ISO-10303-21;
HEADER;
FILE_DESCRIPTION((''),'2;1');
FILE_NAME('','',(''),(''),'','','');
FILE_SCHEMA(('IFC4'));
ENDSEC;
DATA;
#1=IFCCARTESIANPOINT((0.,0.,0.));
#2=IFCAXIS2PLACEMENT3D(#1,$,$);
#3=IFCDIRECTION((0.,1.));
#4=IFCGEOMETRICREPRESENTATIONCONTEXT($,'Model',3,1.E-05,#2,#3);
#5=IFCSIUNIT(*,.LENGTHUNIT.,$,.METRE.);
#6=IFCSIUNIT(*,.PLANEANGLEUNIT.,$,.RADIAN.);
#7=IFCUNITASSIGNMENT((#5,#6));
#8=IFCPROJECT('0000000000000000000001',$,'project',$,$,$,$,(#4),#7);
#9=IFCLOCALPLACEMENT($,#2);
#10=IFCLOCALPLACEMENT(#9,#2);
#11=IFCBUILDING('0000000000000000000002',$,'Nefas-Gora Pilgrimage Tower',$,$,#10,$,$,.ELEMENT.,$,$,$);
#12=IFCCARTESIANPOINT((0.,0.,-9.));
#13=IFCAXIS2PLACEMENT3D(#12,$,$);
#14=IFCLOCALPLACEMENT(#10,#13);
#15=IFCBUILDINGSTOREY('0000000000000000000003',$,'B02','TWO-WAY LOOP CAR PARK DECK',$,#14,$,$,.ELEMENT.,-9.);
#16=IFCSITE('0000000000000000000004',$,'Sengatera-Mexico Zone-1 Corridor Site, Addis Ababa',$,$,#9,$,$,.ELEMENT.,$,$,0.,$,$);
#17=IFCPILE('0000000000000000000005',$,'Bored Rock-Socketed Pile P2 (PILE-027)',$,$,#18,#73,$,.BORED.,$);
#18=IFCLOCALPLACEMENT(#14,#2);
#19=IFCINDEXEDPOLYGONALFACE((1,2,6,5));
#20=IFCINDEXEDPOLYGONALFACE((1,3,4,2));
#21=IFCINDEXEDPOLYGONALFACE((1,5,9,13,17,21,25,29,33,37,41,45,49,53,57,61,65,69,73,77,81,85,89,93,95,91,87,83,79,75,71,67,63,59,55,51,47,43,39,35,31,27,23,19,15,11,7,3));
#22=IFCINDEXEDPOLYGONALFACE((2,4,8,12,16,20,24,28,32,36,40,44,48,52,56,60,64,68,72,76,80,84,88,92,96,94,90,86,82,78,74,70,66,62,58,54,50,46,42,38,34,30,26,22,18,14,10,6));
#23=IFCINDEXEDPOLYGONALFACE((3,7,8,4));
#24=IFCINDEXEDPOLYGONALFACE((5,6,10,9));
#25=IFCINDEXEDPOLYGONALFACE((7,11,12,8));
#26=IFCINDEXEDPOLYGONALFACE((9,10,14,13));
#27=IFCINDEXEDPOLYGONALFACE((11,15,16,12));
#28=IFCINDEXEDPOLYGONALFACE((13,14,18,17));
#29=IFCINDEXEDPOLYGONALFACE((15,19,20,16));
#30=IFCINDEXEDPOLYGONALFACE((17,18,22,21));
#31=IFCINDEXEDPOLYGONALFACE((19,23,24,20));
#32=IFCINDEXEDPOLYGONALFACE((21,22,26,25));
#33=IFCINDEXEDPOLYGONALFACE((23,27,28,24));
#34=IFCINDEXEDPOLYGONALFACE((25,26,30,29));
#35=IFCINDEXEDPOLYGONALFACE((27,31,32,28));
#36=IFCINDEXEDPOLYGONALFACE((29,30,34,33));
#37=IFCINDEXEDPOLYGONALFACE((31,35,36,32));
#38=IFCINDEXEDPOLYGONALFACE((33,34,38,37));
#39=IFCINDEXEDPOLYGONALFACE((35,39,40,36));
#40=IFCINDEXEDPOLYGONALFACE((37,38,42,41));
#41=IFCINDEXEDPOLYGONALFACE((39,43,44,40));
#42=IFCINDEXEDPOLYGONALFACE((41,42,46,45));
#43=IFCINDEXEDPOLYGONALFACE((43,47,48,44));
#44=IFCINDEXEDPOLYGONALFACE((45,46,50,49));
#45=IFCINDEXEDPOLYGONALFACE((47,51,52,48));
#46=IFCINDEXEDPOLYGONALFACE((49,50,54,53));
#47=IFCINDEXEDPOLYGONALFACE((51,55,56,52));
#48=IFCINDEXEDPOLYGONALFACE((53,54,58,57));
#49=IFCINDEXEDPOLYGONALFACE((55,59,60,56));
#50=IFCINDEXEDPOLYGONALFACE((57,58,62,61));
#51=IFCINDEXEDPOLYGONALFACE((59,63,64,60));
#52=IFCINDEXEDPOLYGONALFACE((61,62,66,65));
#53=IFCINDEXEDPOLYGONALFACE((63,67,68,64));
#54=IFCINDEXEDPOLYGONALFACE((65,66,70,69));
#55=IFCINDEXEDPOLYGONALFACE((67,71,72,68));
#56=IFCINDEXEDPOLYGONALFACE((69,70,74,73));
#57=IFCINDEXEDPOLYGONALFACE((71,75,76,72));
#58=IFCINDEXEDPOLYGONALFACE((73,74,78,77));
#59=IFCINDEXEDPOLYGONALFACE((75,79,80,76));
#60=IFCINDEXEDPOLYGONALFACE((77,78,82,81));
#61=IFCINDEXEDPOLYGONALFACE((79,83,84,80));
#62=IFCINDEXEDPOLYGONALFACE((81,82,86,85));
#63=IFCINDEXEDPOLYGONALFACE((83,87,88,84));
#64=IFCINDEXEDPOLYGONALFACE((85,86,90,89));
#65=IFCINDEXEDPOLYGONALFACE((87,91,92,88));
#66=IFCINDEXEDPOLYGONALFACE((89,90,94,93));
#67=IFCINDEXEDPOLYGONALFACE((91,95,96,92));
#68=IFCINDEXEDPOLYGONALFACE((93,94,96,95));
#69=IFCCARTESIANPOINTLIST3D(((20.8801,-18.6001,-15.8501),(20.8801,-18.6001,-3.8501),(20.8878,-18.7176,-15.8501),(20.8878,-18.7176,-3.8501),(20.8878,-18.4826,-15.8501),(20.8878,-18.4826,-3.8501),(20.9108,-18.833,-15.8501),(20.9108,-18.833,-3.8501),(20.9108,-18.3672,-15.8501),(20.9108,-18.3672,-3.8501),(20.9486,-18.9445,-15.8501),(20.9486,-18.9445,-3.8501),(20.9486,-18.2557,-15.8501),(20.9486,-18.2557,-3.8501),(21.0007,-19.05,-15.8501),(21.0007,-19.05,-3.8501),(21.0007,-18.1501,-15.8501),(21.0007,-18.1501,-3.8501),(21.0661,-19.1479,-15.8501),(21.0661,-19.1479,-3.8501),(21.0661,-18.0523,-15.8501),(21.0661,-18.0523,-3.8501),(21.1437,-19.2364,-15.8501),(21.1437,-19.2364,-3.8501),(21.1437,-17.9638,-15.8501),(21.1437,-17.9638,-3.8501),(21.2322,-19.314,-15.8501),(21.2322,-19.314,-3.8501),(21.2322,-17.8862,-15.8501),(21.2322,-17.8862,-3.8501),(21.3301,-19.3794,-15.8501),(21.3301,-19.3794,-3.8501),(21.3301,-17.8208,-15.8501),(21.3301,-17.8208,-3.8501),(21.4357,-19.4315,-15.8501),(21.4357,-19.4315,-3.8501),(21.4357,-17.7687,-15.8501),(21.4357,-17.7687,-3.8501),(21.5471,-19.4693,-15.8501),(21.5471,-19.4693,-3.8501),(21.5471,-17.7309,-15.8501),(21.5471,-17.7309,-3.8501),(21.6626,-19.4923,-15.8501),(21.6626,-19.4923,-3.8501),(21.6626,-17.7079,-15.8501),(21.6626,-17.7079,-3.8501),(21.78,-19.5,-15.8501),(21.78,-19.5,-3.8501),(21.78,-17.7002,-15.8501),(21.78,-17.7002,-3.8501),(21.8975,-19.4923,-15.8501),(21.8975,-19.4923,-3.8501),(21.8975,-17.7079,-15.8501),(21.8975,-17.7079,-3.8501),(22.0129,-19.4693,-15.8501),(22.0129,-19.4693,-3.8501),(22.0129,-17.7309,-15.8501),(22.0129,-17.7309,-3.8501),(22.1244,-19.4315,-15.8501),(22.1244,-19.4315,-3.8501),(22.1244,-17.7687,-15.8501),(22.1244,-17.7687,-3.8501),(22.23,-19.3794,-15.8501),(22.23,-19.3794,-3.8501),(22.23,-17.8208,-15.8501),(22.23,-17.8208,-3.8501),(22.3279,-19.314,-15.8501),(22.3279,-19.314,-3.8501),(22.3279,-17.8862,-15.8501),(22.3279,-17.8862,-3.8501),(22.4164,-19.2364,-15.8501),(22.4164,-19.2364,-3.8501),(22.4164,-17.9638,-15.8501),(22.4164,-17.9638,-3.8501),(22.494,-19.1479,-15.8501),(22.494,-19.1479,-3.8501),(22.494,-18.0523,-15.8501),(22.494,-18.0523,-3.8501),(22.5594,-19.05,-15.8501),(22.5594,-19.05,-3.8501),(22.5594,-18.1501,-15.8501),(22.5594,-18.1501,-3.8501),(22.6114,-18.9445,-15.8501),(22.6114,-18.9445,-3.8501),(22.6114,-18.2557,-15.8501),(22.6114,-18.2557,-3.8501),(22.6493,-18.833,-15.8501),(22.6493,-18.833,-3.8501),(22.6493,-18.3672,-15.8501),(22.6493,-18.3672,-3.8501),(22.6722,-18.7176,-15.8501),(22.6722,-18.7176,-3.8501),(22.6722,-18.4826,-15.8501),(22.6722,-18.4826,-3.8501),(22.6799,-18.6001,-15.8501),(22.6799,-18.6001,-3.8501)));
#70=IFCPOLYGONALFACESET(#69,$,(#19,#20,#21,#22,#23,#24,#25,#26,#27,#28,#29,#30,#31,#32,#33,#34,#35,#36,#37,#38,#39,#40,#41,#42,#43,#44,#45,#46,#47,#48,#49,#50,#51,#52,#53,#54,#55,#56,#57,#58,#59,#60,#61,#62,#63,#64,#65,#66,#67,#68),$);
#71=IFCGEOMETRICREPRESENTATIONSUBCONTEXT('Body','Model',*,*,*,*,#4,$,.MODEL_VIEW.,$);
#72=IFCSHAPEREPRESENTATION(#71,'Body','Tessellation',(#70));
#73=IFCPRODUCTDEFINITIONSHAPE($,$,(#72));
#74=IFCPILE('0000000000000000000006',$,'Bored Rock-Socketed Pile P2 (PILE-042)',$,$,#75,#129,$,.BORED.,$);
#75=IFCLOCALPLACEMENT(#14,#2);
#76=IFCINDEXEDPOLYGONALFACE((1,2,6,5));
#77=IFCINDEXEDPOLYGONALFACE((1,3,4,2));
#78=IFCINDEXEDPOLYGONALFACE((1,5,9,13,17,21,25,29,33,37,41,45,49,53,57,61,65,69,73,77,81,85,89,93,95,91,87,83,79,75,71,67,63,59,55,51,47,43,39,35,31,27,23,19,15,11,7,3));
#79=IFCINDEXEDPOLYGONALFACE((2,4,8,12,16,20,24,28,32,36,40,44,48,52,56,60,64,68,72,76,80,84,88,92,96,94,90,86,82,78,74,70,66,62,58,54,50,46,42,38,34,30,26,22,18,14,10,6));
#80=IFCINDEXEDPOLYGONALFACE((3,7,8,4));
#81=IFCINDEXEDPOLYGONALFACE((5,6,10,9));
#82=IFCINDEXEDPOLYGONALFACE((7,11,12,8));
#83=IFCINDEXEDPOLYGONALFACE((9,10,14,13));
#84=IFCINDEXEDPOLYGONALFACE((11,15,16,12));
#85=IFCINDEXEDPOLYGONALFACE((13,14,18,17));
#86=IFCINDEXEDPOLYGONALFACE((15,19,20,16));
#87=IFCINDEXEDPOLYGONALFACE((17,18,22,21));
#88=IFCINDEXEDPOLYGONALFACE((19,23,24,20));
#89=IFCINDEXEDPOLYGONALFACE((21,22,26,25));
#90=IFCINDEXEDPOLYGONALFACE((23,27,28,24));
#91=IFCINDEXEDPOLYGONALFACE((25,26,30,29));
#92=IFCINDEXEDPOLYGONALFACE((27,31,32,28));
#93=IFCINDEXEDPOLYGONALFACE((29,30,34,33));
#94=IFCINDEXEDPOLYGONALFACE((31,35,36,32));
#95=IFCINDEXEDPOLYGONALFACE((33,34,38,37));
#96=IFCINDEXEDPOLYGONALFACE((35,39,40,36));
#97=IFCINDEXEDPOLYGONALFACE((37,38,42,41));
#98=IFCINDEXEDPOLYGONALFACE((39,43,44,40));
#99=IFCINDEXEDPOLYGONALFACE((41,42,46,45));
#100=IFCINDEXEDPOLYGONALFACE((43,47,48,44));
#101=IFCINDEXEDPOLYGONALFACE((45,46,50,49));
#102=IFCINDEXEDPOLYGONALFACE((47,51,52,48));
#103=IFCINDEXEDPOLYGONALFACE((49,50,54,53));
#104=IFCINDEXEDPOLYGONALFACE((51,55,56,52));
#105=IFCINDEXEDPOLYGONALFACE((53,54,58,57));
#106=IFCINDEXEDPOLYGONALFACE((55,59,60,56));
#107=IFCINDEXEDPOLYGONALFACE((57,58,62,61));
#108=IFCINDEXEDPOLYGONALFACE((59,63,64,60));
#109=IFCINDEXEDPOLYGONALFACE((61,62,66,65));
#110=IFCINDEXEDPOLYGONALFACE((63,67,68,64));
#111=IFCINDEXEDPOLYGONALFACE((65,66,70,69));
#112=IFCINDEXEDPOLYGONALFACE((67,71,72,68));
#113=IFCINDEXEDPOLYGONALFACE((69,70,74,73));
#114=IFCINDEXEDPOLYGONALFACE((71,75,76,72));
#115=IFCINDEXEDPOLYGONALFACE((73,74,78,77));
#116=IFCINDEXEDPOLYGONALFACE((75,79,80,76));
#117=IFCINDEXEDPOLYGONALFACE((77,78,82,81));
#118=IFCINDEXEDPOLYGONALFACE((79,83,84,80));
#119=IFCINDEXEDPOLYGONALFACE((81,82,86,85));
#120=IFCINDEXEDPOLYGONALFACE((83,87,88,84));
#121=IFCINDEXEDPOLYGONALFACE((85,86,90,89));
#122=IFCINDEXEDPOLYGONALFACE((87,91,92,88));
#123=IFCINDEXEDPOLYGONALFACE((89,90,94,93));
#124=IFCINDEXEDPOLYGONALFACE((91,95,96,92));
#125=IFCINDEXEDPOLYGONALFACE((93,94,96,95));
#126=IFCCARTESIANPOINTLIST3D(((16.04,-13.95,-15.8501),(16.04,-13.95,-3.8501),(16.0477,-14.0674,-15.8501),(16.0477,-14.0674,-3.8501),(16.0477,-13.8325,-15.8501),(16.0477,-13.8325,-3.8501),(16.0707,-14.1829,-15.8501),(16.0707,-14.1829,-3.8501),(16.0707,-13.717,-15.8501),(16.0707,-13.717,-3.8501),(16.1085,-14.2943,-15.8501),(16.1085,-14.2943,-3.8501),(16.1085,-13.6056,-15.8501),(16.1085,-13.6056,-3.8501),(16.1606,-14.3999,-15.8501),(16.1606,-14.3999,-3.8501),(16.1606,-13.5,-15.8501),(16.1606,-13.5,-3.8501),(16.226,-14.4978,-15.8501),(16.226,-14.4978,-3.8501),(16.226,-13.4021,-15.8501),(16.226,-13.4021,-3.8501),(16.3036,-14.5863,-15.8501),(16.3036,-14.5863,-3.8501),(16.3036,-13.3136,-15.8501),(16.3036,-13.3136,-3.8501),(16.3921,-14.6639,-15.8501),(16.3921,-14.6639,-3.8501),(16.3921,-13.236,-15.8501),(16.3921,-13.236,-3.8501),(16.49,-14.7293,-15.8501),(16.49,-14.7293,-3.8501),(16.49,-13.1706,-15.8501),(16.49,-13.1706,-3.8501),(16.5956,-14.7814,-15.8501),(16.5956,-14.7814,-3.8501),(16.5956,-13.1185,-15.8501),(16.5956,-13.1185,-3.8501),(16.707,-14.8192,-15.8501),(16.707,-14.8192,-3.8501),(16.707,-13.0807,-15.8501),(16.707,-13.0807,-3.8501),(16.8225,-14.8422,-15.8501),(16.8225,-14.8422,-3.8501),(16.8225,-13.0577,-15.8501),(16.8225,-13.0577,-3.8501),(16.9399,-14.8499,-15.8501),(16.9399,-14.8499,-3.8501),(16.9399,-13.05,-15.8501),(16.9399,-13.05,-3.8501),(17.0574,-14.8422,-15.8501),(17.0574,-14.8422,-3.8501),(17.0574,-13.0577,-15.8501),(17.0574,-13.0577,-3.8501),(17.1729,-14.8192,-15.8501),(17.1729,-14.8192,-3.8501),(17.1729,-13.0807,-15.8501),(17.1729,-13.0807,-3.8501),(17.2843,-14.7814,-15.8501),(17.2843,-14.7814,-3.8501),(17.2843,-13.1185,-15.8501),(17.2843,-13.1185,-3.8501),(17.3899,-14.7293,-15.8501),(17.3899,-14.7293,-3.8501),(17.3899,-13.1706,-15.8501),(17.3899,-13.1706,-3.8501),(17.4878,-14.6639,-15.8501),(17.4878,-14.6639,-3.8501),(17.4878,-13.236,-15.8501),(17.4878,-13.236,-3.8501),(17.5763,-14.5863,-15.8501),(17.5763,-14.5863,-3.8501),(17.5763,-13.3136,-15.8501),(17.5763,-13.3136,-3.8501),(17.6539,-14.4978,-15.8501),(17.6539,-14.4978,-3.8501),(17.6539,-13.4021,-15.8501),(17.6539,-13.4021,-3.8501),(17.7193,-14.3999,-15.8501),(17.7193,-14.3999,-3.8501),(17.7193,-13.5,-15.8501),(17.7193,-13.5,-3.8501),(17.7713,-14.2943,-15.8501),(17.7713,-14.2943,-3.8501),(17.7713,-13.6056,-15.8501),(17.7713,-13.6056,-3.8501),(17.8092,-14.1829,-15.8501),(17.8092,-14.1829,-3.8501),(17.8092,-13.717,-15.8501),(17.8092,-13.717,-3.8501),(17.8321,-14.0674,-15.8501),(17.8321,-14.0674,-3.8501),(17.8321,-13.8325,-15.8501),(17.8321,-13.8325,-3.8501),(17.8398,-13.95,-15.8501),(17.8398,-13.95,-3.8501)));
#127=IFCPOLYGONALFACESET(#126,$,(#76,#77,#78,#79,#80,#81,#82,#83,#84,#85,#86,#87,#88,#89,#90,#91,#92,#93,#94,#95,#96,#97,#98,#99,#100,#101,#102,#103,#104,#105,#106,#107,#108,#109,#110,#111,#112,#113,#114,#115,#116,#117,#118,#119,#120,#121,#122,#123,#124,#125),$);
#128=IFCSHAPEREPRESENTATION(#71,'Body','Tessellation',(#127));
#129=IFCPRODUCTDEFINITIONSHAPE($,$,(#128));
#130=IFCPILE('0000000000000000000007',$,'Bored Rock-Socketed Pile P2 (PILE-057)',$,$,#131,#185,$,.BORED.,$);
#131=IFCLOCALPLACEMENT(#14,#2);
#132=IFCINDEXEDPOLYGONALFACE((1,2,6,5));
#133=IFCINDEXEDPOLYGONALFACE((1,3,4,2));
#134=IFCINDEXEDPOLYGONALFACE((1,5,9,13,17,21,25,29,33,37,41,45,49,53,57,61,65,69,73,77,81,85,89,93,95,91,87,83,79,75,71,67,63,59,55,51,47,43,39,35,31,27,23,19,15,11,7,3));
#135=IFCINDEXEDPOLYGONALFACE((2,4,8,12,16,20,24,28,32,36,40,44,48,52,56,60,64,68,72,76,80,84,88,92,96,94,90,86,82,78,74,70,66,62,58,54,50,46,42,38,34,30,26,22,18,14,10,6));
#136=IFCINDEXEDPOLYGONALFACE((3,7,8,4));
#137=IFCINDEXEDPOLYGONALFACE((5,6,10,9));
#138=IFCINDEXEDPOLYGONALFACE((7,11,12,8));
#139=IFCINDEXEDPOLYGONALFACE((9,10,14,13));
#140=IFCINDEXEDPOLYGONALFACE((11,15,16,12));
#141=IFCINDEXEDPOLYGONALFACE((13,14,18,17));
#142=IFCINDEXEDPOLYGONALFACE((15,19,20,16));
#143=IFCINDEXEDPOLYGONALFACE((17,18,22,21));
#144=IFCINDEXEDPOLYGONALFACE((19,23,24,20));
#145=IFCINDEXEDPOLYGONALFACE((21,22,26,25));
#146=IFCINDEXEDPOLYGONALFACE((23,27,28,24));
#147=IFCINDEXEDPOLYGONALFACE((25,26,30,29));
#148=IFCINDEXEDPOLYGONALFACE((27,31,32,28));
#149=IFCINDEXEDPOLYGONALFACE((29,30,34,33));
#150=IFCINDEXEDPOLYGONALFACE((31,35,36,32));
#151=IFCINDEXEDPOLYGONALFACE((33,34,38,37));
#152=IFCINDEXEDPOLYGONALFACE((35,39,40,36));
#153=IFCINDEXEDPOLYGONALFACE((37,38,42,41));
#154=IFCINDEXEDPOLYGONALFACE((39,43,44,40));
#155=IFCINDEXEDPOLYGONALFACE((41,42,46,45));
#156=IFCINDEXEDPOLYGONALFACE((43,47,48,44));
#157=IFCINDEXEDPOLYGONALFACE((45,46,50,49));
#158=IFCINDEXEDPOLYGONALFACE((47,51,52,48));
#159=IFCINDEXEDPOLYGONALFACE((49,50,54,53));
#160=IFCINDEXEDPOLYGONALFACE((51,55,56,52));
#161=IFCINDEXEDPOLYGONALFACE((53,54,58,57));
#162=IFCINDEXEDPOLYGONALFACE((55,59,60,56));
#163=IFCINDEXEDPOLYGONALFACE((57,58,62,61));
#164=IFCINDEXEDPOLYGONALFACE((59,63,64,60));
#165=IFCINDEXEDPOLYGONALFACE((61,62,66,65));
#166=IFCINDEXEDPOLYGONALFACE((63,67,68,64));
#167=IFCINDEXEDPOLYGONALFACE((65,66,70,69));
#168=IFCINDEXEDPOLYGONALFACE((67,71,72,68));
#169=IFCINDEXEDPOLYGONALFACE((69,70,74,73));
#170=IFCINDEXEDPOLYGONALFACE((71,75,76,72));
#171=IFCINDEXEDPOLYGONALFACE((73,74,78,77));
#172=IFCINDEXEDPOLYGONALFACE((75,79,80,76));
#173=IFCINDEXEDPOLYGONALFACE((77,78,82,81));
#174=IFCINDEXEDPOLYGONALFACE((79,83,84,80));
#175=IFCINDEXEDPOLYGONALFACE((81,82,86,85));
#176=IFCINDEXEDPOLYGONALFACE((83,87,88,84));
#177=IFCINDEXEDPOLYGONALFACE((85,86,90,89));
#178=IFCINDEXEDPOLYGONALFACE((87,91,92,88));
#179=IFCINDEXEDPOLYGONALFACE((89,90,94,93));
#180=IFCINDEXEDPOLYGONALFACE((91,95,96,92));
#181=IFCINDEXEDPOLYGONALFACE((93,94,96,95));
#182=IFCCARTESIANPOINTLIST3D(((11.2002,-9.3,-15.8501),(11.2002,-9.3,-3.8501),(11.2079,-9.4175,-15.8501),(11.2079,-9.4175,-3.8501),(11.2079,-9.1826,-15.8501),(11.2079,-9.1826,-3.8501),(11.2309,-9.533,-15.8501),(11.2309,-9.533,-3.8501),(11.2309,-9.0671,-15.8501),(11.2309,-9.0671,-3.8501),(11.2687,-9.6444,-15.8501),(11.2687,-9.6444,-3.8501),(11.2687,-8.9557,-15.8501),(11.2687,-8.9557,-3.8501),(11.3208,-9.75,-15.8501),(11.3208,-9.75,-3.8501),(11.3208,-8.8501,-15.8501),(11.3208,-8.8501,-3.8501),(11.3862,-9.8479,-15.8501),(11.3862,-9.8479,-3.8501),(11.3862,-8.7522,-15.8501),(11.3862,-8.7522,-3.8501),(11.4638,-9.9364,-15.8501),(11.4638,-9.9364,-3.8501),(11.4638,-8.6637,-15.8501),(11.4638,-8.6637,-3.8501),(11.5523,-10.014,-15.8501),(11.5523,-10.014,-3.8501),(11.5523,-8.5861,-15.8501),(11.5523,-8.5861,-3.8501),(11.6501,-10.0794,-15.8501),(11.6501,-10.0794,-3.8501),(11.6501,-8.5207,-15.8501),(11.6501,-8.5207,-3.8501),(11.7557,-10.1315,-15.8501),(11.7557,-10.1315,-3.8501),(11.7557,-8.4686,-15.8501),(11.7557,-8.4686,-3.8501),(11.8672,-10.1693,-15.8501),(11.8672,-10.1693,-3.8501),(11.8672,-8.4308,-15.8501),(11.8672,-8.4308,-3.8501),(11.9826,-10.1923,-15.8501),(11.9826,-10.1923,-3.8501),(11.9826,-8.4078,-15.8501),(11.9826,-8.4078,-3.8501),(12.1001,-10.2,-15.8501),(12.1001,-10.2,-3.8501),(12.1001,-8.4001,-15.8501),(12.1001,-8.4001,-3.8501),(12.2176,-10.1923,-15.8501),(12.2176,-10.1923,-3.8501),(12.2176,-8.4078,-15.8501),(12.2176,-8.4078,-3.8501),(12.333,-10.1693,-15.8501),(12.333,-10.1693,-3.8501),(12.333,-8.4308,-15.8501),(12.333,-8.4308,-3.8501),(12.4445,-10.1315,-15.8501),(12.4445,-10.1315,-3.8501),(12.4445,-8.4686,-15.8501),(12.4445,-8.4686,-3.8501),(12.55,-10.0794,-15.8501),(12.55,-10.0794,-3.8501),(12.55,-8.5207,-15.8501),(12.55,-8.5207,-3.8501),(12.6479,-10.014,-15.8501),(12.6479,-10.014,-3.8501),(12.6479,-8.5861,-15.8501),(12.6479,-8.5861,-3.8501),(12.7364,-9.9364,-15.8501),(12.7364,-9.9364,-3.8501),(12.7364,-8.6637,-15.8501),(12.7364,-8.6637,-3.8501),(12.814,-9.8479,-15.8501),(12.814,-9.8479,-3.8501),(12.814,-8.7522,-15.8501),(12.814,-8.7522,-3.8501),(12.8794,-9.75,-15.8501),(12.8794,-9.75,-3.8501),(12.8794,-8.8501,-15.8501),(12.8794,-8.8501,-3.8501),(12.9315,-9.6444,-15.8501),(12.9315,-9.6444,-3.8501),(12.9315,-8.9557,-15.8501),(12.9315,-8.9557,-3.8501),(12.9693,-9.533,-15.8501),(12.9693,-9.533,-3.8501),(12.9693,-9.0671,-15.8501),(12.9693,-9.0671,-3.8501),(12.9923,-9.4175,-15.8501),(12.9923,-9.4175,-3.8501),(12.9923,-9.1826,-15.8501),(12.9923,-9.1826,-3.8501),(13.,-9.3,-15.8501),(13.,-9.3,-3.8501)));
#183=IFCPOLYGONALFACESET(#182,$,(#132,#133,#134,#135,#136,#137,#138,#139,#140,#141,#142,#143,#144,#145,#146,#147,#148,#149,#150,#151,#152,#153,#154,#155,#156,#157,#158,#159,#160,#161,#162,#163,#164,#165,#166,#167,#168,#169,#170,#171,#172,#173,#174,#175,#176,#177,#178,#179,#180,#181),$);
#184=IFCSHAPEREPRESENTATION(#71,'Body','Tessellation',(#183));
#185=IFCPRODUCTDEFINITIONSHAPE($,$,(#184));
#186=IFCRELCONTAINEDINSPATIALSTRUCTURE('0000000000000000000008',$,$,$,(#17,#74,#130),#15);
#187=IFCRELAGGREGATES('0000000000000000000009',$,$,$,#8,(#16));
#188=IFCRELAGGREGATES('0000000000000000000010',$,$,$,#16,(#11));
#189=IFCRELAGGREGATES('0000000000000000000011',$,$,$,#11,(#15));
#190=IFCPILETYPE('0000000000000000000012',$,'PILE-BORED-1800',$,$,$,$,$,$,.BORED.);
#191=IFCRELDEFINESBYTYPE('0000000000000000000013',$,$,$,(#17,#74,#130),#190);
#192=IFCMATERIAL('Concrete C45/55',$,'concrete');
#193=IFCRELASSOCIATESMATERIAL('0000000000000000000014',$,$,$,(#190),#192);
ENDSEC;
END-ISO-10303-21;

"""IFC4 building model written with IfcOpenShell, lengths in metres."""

from ifc_helpers import new_model, si_unit, direction, frame, origin, origin_2d, place, context, subcontext, project, spatial, circle, extrude, source, transform, mapped, material, material_profile, profile_set, type_object, element, save


model = new_model("IFC4")

# Units and contexts
model_context = context("Model", 3, precision=1e-05, world=origin(), true_north=direction((0.0, 1.0)))
body_context = subcontext(model_context, "Body", "Model", "MODEL_VIEW")
ifc_project = project(units=[si_unit("LENGTHUNIT", "METRE"), si_unit("PLANEANGLEUNIT", "RADIAN")], contexts=[model_context])

# Site, building, storey
site_placement = place(None, origin())
site = spatial("IfcSite", under=ifc_project, at=site_placement, Name="Sengatera-Mexico Zone-1 Corridor Site, Addis Ababa", CompositionType="ELEMENT", RefElevation=0.0)
building_placement = place(site_placement, origin())
building = spatial("IfcBuilding", under=site, at=building_placement, Name="Nefas-Gora Pilgrimage Tower", CompositionType="ELEMENT")
storey_placement = place(building_placement, frame((0.0, 0.0, -9.0)))
storey = spatial("IfcBuildingStorey", under=building, at=storey_placement, Name="B02", Description="TWO-WAY LOOP CAR PARK DECK", CompositionType="ELEMENT", Elevation=-9.0)

# Piles
ifc_material_1 = material(Name="Concrete C45/55", Category="concrete")
ifc_material_profile_1 = material_profile(ifc_material_1, circle(Radius=0.8999, at=origin_2d()), Name="PILE D1800")
ifc_profile_set_1 = profile_set([ifc_material_profile_1], Name="Concrete C45/55")
pile_type_1 = type_object("IfcPileType", Name="PILE-BORED-1800", PredefinedType="BORED", material=ifc_profile_set_1)
shared_shape_1 = source(origin(), body_context, "Body", "SweptSolid", [
    extrude(circle(Radius=0.8999, at=origin_2d()), origin(), (0.0, 0.0, 1.0), 12.0),
])
for number, where, z_axis, x_axis, name in (
    (1, (21.78, -18.6001, -3.8501), (0.0, 0.0, -1.0), (1.0, 0.0, 0.0), "Bored Rock-Socketed Pile P2 (PILE-027)"),
    (2, (16.9399, -13.95, -3.8501), (0.0, 0.0, -1.0), (1.0, 0.0, 0.0), "Bored Rock-Socketed Pile P2 (PILE-042)"),
    (3, (12.1001, -9.3, -3.8501), (0.0, 0.0, -1.0), (1.0, 0.0, 0.0), "Bored Rock-Socketed Pile P2 (PILE-057)"),
):
    element("IfcPile", number, at=place(storey_placement, frame(where, z_axis=z_axis, x_axis=x_axis)), inside=storey, type_object=pile_type_1, Name=name, PredefinedType="BORED", context=body_context, shape_type="MappedRepresentation", body=[
        mapped(shared_shape_1, transform((0.0, 0.0, 0.0), x_axis=(1.0, 0.0, 0.0), y_axis=(0.0, 1.0, 0.0), z_axis=(0.0, 0.0, 1.0), scale=1.0)),
    ])

save(model, "model.ifc")
